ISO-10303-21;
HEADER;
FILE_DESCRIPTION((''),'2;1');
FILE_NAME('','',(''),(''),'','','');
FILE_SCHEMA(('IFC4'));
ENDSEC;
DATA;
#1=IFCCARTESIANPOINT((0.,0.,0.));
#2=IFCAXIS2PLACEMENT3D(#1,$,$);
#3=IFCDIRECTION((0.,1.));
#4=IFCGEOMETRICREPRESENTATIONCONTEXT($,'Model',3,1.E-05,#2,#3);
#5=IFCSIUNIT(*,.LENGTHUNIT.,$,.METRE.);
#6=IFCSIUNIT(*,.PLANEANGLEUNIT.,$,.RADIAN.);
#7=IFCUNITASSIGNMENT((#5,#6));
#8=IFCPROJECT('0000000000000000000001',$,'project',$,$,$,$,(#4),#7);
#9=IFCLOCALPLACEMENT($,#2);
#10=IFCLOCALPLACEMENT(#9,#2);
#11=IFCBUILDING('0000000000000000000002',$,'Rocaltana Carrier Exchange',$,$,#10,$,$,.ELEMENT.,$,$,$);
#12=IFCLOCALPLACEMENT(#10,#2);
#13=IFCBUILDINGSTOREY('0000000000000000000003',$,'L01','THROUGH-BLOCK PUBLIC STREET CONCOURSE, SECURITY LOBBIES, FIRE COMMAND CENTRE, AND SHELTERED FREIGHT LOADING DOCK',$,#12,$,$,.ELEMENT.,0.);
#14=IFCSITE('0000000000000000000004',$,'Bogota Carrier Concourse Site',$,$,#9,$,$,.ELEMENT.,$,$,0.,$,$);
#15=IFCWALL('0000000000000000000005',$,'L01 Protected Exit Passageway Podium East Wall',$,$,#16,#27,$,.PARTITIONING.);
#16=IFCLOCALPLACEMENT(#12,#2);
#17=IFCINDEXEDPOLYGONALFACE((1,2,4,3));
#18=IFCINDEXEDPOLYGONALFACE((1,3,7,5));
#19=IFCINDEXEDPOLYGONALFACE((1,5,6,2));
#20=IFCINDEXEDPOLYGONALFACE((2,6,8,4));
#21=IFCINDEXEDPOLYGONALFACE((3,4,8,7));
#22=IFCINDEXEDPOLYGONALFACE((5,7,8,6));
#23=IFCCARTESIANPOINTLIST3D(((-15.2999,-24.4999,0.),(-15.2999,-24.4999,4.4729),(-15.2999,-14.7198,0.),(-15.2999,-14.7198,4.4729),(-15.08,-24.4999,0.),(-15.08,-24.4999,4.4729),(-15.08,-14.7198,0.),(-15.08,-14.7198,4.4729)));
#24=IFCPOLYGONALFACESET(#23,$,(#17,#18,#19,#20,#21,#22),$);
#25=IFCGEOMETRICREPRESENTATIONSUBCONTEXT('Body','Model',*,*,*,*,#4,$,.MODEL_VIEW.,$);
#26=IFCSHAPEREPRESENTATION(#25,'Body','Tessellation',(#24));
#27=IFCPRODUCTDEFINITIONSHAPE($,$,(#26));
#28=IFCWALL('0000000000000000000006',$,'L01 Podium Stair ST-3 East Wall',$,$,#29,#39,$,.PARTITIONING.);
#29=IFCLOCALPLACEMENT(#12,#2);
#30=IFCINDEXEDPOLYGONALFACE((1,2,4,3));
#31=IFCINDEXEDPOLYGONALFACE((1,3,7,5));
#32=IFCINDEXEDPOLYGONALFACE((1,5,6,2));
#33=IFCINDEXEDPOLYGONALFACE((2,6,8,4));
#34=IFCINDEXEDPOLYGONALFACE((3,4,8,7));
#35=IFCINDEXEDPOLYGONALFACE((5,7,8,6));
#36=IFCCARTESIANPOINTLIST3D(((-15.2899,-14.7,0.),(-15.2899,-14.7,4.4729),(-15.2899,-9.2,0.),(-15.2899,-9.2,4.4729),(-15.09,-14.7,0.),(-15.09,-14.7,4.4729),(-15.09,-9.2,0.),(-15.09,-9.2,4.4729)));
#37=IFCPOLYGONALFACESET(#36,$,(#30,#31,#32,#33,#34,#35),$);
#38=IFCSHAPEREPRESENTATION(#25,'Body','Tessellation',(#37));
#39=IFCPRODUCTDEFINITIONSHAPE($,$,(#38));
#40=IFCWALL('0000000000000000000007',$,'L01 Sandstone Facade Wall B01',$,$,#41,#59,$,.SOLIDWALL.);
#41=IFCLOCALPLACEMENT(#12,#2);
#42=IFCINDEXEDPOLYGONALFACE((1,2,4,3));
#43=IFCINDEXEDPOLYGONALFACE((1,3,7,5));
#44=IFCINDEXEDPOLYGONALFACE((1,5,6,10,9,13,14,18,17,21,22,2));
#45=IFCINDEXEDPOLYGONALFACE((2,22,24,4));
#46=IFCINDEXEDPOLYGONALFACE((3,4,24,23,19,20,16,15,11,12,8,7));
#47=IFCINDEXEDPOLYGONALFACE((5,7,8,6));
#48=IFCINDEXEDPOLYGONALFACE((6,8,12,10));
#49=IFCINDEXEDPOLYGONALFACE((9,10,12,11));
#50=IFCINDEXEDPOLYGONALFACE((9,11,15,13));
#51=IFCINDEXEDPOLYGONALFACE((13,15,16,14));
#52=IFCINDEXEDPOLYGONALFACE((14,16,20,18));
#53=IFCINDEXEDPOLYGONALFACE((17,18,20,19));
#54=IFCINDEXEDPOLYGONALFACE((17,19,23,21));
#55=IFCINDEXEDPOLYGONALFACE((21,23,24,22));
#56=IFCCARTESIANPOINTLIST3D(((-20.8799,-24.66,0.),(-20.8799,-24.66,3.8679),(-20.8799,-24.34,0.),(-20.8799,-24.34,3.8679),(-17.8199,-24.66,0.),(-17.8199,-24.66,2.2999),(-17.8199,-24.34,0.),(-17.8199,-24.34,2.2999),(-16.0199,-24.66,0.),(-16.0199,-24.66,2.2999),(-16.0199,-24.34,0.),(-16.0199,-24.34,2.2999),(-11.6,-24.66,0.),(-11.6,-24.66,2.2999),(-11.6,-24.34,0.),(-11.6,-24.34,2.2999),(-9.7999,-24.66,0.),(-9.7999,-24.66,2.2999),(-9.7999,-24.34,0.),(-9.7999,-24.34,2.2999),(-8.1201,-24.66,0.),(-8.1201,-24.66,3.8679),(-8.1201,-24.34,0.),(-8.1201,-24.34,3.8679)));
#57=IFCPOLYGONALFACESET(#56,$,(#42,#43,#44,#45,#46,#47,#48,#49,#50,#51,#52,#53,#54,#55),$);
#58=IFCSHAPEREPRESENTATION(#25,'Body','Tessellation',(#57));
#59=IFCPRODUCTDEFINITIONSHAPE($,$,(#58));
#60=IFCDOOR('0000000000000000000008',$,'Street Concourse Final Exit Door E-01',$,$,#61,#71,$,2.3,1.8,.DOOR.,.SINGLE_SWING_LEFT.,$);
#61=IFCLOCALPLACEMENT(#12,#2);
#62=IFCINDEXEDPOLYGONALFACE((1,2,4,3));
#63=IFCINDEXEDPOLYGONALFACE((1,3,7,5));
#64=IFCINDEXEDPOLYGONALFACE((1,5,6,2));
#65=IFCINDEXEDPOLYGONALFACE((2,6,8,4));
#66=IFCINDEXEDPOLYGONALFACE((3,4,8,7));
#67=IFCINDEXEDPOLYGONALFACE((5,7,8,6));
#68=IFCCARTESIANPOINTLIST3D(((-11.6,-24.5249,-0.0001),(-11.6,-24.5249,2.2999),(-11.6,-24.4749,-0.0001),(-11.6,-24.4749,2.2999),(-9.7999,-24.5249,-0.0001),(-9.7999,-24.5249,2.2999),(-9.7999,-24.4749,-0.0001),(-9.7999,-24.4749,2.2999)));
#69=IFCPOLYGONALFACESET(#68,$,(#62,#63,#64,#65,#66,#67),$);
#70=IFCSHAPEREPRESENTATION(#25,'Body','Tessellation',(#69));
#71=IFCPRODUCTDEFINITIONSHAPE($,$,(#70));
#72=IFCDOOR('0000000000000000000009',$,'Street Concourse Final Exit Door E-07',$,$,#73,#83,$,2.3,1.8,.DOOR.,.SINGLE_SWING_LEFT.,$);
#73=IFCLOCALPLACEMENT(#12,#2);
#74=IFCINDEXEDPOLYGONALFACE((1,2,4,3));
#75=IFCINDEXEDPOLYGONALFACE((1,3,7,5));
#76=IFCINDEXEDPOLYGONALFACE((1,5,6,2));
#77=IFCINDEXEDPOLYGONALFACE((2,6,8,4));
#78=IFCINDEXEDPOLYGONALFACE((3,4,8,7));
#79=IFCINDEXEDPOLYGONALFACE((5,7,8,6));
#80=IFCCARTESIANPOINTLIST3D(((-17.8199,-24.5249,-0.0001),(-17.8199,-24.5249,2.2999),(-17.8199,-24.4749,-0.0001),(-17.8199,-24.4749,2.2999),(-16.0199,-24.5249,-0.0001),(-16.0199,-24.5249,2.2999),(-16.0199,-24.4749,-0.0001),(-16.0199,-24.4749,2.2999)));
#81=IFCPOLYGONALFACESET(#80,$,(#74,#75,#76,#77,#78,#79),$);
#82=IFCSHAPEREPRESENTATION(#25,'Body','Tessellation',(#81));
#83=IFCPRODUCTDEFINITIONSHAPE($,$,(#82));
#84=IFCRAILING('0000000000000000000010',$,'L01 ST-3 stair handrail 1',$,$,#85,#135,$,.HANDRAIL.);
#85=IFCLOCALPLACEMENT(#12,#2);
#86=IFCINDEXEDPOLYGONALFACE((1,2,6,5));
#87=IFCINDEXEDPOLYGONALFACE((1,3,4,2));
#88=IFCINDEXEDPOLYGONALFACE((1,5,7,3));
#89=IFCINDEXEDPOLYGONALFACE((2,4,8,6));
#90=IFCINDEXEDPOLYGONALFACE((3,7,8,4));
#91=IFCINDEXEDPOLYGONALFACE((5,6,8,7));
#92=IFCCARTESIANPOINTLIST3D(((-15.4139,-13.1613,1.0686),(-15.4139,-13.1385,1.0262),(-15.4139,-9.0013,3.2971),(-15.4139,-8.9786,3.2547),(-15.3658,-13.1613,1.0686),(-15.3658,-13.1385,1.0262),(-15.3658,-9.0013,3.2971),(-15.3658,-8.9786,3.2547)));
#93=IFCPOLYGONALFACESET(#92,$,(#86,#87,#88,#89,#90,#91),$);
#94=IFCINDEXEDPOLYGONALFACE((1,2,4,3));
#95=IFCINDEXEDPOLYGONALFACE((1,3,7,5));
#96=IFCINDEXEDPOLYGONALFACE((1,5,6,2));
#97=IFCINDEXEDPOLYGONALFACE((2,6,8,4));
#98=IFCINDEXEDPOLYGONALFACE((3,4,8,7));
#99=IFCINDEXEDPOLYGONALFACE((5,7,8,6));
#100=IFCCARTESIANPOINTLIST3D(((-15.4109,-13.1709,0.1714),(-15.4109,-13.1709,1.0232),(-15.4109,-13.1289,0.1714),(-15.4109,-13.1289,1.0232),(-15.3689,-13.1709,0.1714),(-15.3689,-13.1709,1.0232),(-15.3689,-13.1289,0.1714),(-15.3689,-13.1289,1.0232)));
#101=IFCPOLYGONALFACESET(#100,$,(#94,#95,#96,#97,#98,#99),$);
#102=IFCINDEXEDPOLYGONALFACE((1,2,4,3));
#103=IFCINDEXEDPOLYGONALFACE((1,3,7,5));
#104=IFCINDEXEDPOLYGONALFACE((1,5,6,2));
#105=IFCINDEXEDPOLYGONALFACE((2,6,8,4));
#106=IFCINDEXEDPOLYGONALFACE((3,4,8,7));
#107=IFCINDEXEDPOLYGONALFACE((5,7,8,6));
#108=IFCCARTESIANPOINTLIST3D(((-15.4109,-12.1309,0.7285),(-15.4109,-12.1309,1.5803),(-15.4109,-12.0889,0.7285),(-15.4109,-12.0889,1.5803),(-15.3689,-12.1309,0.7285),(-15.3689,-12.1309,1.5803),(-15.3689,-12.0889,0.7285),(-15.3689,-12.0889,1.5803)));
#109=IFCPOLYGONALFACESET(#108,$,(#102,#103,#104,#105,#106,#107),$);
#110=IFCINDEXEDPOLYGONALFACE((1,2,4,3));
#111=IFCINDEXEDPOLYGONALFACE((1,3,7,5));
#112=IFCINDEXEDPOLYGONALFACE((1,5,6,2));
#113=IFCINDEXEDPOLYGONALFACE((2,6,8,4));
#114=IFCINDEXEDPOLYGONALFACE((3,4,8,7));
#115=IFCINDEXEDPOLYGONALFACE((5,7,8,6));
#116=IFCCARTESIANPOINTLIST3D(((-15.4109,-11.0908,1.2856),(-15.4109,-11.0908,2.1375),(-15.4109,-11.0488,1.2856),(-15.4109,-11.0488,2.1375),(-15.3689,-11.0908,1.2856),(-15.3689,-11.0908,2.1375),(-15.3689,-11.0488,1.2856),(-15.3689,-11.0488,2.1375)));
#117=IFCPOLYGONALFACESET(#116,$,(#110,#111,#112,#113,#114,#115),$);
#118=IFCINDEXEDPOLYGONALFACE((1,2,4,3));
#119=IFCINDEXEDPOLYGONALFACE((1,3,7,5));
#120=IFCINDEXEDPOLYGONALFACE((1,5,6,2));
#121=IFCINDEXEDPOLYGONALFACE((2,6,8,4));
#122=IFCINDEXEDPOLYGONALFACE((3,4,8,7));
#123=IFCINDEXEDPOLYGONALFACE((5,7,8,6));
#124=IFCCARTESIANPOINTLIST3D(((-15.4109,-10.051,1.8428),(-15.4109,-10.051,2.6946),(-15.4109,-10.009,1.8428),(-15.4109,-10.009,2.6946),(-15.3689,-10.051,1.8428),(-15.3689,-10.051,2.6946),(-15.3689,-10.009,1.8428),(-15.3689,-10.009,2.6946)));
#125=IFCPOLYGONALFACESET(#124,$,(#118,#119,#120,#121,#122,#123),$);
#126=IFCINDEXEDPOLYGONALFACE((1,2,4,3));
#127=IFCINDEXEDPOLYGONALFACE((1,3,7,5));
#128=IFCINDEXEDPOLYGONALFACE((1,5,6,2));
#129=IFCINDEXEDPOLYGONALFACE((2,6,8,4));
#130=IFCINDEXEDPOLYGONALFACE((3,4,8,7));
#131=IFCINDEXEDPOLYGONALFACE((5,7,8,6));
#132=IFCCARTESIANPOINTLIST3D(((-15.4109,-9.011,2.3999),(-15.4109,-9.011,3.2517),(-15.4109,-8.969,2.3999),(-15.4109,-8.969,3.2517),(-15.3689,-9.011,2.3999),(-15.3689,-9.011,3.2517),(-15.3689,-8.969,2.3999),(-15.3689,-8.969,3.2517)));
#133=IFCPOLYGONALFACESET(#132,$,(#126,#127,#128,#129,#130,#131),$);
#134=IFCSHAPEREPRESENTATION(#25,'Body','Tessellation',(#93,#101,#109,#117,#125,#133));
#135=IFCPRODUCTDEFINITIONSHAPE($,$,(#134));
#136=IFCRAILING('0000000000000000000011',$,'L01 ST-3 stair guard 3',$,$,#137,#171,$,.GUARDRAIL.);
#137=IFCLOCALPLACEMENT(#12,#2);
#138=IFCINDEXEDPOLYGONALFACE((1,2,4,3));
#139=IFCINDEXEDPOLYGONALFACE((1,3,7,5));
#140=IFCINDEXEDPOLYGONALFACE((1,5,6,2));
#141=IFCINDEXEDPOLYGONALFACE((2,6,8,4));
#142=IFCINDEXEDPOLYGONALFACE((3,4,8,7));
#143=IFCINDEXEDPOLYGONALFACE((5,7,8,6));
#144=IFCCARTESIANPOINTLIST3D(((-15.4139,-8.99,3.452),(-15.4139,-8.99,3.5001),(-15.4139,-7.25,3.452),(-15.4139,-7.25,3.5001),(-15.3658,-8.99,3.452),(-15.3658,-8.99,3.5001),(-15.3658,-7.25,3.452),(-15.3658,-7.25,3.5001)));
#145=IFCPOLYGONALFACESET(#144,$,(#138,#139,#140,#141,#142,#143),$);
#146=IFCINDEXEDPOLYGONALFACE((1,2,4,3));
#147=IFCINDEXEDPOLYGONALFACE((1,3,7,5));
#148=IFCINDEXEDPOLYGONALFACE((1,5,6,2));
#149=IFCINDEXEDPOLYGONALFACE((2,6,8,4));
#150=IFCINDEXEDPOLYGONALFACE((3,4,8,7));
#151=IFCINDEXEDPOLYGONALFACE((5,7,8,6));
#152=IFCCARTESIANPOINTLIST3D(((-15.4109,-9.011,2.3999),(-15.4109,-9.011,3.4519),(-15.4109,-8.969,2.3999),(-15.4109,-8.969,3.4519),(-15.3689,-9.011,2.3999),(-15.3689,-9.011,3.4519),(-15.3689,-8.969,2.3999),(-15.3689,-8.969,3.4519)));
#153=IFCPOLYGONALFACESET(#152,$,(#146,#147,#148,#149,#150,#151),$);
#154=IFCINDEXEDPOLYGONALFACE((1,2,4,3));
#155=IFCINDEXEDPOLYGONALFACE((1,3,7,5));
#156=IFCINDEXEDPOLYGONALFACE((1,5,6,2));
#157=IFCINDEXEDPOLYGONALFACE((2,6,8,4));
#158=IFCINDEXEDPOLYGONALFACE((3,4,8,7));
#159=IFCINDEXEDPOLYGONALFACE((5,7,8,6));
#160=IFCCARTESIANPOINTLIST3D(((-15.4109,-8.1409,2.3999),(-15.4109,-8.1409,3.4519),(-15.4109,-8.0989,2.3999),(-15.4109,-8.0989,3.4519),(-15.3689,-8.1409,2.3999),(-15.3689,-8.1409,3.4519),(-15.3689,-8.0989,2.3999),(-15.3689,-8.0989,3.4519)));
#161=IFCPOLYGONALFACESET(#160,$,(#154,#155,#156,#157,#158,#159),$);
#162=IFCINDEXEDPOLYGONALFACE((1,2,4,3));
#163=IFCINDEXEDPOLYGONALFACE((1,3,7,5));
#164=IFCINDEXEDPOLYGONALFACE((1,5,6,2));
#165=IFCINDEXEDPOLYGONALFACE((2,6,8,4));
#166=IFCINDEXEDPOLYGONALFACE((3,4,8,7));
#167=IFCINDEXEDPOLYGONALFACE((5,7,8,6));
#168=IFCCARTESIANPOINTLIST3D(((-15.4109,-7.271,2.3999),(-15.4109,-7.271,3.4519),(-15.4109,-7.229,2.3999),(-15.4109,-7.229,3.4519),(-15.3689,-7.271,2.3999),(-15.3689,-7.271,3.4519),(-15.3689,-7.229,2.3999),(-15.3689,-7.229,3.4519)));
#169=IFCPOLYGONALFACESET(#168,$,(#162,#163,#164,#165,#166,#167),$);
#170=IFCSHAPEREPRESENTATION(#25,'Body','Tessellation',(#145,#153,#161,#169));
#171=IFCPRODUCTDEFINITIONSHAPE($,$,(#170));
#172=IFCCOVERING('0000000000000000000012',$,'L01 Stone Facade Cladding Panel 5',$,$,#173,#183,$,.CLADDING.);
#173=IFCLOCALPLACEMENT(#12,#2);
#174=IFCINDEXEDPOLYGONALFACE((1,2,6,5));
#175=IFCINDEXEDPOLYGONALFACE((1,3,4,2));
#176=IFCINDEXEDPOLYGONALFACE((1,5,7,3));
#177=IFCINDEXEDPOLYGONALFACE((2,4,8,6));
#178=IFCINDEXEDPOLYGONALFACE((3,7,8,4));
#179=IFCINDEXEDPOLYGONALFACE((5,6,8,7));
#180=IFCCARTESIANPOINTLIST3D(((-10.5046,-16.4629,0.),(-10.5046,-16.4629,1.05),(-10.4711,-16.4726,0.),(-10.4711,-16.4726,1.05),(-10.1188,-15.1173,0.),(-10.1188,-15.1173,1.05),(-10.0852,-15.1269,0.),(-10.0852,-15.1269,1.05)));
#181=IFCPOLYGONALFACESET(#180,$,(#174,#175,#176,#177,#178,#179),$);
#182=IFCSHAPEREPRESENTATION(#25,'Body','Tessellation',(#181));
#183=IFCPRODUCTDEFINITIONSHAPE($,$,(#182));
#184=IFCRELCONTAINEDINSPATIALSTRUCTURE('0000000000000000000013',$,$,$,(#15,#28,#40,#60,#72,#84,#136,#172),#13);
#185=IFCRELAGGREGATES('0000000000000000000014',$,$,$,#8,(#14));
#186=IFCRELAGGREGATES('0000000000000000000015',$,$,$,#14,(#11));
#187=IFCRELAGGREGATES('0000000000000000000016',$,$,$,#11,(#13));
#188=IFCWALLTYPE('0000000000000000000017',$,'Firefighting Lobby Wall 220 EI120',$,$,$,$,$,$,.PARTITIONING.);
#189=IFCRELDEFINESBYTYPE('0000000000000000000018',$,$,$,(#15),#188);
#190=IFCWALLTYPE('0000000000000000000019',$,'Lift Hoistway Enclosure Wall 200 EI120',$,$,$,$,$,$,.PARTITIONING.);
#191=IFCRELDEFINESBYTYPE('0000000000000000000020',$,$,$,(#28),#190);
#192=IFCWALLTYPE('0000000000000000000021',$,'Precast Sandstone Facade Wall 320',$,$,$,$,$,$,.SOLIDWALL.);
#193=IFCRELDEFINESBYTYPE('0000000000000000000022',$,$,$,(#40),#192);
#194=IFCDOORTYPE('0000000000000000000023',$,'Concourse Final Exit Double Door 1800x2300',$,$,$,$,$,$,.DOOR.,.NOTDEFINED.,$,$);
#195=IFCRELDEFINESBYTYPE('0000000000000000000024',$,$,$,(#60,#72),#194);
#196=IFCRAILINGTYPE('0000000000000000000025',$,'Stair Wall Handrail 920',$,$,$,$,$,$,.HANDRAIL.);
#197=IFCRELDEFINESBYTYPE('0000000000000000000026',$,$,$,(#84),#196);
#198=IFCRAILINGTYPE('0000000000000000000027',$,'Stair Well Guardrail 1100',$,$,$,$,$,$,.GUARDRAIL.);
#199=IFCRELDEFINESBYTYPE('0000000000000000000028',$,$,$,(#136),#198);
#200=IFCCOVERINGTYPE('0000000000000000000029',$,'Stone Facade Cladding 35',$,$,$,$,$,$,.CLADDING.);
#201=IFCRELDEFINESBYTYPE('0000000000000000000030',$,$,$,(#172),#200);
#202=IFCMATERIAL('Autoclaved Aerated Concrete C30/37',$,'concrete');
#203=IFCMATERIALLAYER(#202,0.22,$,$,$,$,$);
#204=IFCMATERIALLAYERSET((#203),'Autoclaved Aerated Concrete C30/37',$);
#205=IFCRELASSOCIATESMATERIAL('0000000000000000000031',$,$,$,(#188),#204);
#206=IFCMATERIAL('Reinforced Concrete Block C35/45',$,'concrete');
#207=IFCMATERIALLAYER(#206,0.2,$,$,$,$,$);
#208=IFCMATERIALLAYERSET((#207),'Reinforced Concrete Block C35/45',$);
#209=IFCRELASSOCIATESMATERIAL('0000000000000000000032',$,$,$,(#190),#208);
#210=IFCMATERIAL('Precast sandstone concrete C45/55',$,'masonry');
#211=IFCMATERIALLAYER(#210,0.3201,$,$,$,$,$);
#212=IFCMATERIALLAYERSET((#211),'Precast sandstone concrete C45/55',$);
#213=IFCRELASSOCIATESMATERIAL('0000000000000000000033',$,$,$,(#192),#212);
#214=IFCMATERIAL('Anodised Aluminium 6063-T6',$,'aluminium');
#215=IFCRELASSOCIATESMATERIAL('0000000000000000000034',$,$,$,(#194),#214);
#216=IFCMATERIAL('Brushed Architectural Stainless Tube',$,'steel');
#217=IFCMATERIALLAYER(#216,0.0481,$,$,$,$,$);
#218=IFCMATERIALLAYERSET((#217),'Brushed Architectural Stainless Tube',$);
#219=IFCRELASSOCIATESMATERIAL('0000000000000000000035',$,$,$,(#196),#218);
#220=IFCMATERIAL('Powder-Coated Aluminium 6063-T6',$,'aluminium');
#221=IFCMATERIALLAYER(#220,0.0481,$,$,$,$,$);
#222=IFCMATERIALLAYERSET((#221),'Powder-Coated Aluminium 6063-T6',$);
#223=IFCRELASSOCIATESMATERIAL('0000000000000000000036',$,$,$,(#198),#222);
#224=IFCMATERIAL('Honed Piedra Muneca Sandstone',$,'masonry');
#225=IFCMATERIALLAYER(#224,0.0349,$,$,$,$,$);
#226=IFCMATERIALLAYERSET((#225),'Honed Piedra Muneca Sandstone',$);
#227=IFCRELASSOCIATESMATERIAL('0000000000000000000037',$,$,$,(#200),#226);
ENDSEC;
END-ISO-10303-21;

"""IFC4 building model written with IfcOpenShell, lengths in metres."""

from ifc_helpers import new_model, si_unit, direction, frame, frame_2d, origin, origin_2d, place, context, subcontext, project, spatial, rectangle, extrude, material, layer, layer_set, type_object, element, fill, save


model = new_model("IFC4")

# Units and contexts
model_context = context("Model", 3, precision=1e-05, world=origin(), true_north=direction((0.0, 1.0)))
body_context = subcontext(model_context, "Body", "Model", "MODEL_VIEW")
ifc_project = project(units=[si_unit("LENGTHUNIT", "METRE"), si_unit("PLANEANGLEUNIT", "RADIAN")], contexts=[model_context])

# Site, building, storey
site_placement = place(None, origin())
site = spatial("IfcSite", under=ifc_project, at=site_placement, Name="Bogota Carrier Concourse Site", CompositionType="ELEMENT", RefElevation=0.0)
building_placement = place(site_placement, origin())
building = spatial("IfcBuilding", under=site, at=building_placement, Name="Rocaltana Carrier Exchange", CompositionType="ELEMENT")
storey_placement = place(building_placement, origin())
storey = spatial("IfcBuildingStorey", under=building, at=storey_placement, Name="L01", Description="THROUGH-BLOCK PUBLIC STREET CONCOURSE, SECURITY LOBBIES, FIRE COMMAND CENTRE, AND SHELTERED FREIGHT LOADING DOCK", CompositionType="ELEMENT", Elevation=0.0)

# Walls
ifc_material_1 = material(Name="Autoclaved Aerated Concrete C30/37", Category="concrete")
ifc_layer_1 = layer(ifc_material_1, 0.22)
ifc_layer_set_1 = layer_set([ifc_layer_1], Name="Autoclaved Aerated Concrete C30/37")
wall_type_1 = type_object("IfcWallType", Name="Firefighting Lobby Wall 220 EI120", PredefinedType="PARTITIONING", material=ifc_layer_set_1)
wall_1_placement = place(storey_placement, frame((-15.1899, -24.5, 0.0), z_axis=(0.0, 0.0, 1.0), x_axis=(0.0, 1.0, 0.0)))
element("IfcWall", 1, at=wall_1_placement, inside=storey, type_object=wall_type_1, Name="L01 Protected Exit Passageway Podium East Wall", PredefinedType="PARTITIONING", context=body_context, shape_type="SweptSolid", body=[
    extrude(rectangle(XDim=9.78, YDim=0.22, at=frame_2d((4.8901, 0.0))), origin(), (0.0, 0.0, 1.0), 4.4729),
])
ifc_material_2 = material(Name="Reinforced Concrete Block C35/45", Category="concrete")
ifc_layer_2 = layer(ifc_material_2, 0.2)
ifc_layer_set_2 = layer_set([ifc_layer_2], Name="Reinforced Concrete Block C35/45")
wall_type_2 = type_object("IfcWallType", Name="Lift Hoistway Enclosure Wall 200 EI120", PredefinedType="PARTITIONING", material=ifc_layer_set_2)
wall_2_placement = place(storey_placement, frame((-15.1899, -14.7, 0.0), z_axis=(0.0, 0.0, 1.0), x_axis=(0.0, 1.0, 0.0)))
element("IfcWall", 2, at=wall_2_placement, inside=storey, type_object=wall_type_2, Name="L01 Podium Stair ST-3 East Wall", PredefinedType="PARTITIONING", context=body_context, shape_type="SweptSolid", body=[
    extrude(rectangle(XDim=5.5, YDim=0.2, at=frame_2d((2.75, 0.0))), origin(), (0.0, 0.0, 1.0), 4.4729),
])

# Wall, openings, doors
ifc_material_3 = material(Name="Precast sandstone concrete C45/55", Category="masonry")
ifc_layer_3 = layer(ifc_material_3, 0.3201)
ifc_layer_set_3 = layer_set([ifc_layer_3], Name="Precast sandstone concrete C45/55")
wall_type_3 = type_object("IfcWallType", Name="Precast Sandstone Facade Wall 320", PredefinedType="SOLIDWALL", material=ifc_layer_set_3)
wall_3_placement = place(storey_placement, frame((-8.1201, -24.5, 0.0), z_axis=(0.0, 0.0, 1.0), x_axis=(-1.0, 0.0, 0.0)))
wall_3 = element("IfcWall", 3, at=wall_3_placement, inside=storey, type_object=wall_type_3, Name="L01 Sandstone Facade Wall B01", PredefinedType="SOLIDWALL", context=body_context, shape_type="SweptSolid", body=[
    extrude(rectangle(XDim=12.7598, YDim=0.3201, at=frame_2d((6.3799, 0.0))), origin(), (0.0, 0.0, 1.0), 3.8679),
])
opening_1_placement = place(wall_3_placement, frame((1.6799, 0.0, 0.0)))
opening_1 = element("IfcOpeningElement", 4, at=opening_1_placement, cuts=wall_3, PredefinedType="OPENING", context=body_context, shape_type="SweptSolid", body=[
    extrude(rectangle(XDim=1.8, YDim=2.3, at=frame_2d((0.8999, 1.1499))), frame((0.0, 0.1699, 0.0), z_axis=(0.0, -1.0, 0.0), x_axis=(1.0, 0.0, 0.0)), (0.0, 0.0, 1.0), 0.3401),
])
opening_2_placement = place(wall_3_placement, frame((7.8999, 0.0, 0.0)))
opening_2 = element("IfcOpeningElement", 5, at=opening_2_placement, cuts=wall_3, PredefinedType="OPENING", context=body_context, shape_type="SweptSolid", body=[
    extrude(rectangle(XDim=1.8, YDim=2.3, at=frame_2d((0.8999, 1.1499))), frame((0.0, 0.1699, 0.0), z_axis=(0.0, -1.0, 0.0), x_axis=(1.0, 0.0, 0.0)), (0.0, 0.0, 1.0), 0.3401),
])
ifc_material_4 = material(Name="Anodised Aluminium 6063-T6", Category="aluminium")
door_type_1 = type_object("IfcDoorType", Name="Concourse Final Exit Double Door 1800x2300", OperationType="NOTDEFINED", PredefinedType="DOOR", material=ifc_material_4)
door_1_placement = place(opening_1_placement, origin())
door_1 = element("IfcDoor", 6, at=door_1_placement, inside=storey, type_object=door_type_1, Name="Street Concourse Final Exit Door E-01", OperationType="SINGLE_SWING_LEFT", OverallHeight=2.3, OverallWidth=1.8, PredefinedType="DOOR", context=body_context, shape_type="SweptSolid", body=[
    extrude(rectangle(XDim=1.8, YDim=2.3, at=frame_2d((0.8999, 1.1499))), frame((0.0, 0.0249, 0.0), z_axis=(0.0, -1.0, 0.0), x_axis=(1.0, 0.0, 0.0)), (0.0, 0.0, 1.0), 0.05),
])
fill(opening_1, door_1)
door_2_placement = place(opening_2_placement, origin())
door_2 = element("IfcDoor", 7, at=door_2_placement, inside=storey, type_object=door_type_1, Name="Street Concourse Final Exit Door E-07", OperationType="SINGLE_SWING_LEFT", OverallHeight=2.3, OverallWidth=1.8, PredefinedType="DOOR", context=body_context, shape_type="SweptSolid", body=[
    extrude(rectangle(XDim=1.8, YDim=2.3, at=frame_2d((0.8999, 1.1499))), frame((0.0, 0.0249, 0.0), z_axis=(0.0, -1.0, 0.0), x_axis=(1.0, 0.0, 0.0)), (0.0, 0.0, 1.0), 0.05),
])
fill(opening_2, door_2)

# Railings
ifc_material_5 = material(Name="Brushed Architectural Stainless Tube", Category="steel")
ifc_layer_4 = layer(ifc_material_5, 0.0481)
ifc_layer_set_4 = layer_set([ifc_layer_4], Name="Brushed Architectural Stainless Tube")
railing_type_1 = type_object("IfcRailingType", Name="Stair Wall Handrail 920", PredefinedType="HANDRAIL", material=ifc_layer_set_4)
railing_1_placement = place(storey_placement, frame((-15.3899, -13.1499, 0.1714)))
element("IfcRailing", 8, at=railing_1_placement, inside=storey, type_object=railing_type_1, Name="L01 ST-3 stair handrail 1", PredefinedType="HANDRAIL", context=body_context, shape_type="SweptSolid", body=[
    extrude(rectangle(XDim=0.0481, YDim=0.0481, at=origin_2d()), frame((0.0, 0.0, 0.876), z_axis=(0.0, 0.881481, 0.47222), x_axis=(-1.0, 0.0, 0.0)), (0.0, 0.0, 1.0), 4.7192),
    extrude(rectangle(XDim=0.042, YDim=0.042, at=origin_2d()), origin(), (0.0, 0.0, 1.0), 0.8518),
    extrude(rectangle(XDim=0.042, YDim=0.042, at=origin_2d()), frame((0.0, 1.04, 0.5571)), (0.0, 0.0, 1.0), 0.8518),
    extrude(rectangle(XDim=0.042, YDim=0.042, at=origin_2d()), frame((0.0, 2.0801, 1.1143)), (0.0, 0.0, 1.0), 0.8518),
    extrude(rectangle(XDim=0.042, YDim=0.042, at=origin_2d()), frame((0.0, 3.1199, 1.6714)), (0.0, 0.0, 1.0), 0.8518),
    extrude(rectangle(XDim=0.042, YDim=0.042, at=origin_2d()), frame((0.0, 4.1599, 2.2285)), (0.0, 0.0, 1.0), 0.8518),
])
ifc_material_6 = material(Name="Powder-Coated Aluminium 6063-T6", Category="aluminium")
ifc_layer_5 = layer(ifc_material_6, 0.0481)
ifc_layer_set_5 = layer_set([ifc_layer_5], Name="Powder-Coated Aluminium 6063-T6")
railing_type_2 = type_object("IfcRailingType", Name="Stair Well Guardrail 1100", PredefinedType="GUARDRAIL", material=ifc_layer_set_5)
railing_2_placement = place(storey_placement, frame((-15.3899, -8.99, 2.3999)))
element("IfcRailing", 9, at=railing_2_placement, inside=storey, type_object=railing_type_2, Name="L01 ST-3 stair guard 3", PredefinedType="GUARDRAIL", context=body_context, shape_type="SweptSolid", body=[
    extrude(rectangle(XDim=0.0481, YDim=0.0481, at=origin_2d()), frame((0.0, 0.0, 1.0762), z_axis=(0.0, 1.0, 0.0), x_axis=(-1.0, 0.0, 0.0)), (0.0, 0.0, 1.0), 1.74),
    extrude(rectangle(XDim=0.042, YDim=0.042, at=origin_2d()), origin(), (0.0, 0.0, 1.0), 1.052),
    extrude(rectangle(XDim=0.042, YDim=0.042, at=origin_2d()), frame((0.0, 0.8701, 0.0)), (0.0, 0.0, 1.0), 1.052),
    extrude(rectangle(XDim=0.042, YDim=0.042, at=origin_2d()), frame((0.0, 1.74, 0.0)), (0.0, 0.0, 1.0), 1.052),
])

# Covering
ifc_material_7 = material(Name="Honed Piedra Muneca Sandstone", Category="masonry")
ifc_layer_6 = layer(ifc_material_7, 0.0349)
ifc_layer_set_6 = layer_set([ifc_layer_6], Name="Honed Piedra Muneca Sandstone")
covering_type = type_object("IfcCoveringType", Name="Stone Facade Cladding 35", PredefinedType="CLADDING", material=ifc_layer_set_6)
covering_placement = place(storey_placement, frame((-10.2949, -15.7949, 0.0), z_axis=(0.0, 0.0, 1.0), x_axis=(0.275637, 0.961262, 0.0)))
element("IfcCovering", 10, at=covering_placement, inside=storey, type_object=covering_type, Name="L01 Stone Facade Cladding Panel 5", PredefinedType="CLADDING", context=body_context, shape_type="SweptSolid", body=[
    extrude(rectangle(XDim=1.3999, YDim=0.0349, at=origin_2d()), origin(), (0.0, 0.0, 1.0), 1.05),
])

save(model, "model.ifc")
